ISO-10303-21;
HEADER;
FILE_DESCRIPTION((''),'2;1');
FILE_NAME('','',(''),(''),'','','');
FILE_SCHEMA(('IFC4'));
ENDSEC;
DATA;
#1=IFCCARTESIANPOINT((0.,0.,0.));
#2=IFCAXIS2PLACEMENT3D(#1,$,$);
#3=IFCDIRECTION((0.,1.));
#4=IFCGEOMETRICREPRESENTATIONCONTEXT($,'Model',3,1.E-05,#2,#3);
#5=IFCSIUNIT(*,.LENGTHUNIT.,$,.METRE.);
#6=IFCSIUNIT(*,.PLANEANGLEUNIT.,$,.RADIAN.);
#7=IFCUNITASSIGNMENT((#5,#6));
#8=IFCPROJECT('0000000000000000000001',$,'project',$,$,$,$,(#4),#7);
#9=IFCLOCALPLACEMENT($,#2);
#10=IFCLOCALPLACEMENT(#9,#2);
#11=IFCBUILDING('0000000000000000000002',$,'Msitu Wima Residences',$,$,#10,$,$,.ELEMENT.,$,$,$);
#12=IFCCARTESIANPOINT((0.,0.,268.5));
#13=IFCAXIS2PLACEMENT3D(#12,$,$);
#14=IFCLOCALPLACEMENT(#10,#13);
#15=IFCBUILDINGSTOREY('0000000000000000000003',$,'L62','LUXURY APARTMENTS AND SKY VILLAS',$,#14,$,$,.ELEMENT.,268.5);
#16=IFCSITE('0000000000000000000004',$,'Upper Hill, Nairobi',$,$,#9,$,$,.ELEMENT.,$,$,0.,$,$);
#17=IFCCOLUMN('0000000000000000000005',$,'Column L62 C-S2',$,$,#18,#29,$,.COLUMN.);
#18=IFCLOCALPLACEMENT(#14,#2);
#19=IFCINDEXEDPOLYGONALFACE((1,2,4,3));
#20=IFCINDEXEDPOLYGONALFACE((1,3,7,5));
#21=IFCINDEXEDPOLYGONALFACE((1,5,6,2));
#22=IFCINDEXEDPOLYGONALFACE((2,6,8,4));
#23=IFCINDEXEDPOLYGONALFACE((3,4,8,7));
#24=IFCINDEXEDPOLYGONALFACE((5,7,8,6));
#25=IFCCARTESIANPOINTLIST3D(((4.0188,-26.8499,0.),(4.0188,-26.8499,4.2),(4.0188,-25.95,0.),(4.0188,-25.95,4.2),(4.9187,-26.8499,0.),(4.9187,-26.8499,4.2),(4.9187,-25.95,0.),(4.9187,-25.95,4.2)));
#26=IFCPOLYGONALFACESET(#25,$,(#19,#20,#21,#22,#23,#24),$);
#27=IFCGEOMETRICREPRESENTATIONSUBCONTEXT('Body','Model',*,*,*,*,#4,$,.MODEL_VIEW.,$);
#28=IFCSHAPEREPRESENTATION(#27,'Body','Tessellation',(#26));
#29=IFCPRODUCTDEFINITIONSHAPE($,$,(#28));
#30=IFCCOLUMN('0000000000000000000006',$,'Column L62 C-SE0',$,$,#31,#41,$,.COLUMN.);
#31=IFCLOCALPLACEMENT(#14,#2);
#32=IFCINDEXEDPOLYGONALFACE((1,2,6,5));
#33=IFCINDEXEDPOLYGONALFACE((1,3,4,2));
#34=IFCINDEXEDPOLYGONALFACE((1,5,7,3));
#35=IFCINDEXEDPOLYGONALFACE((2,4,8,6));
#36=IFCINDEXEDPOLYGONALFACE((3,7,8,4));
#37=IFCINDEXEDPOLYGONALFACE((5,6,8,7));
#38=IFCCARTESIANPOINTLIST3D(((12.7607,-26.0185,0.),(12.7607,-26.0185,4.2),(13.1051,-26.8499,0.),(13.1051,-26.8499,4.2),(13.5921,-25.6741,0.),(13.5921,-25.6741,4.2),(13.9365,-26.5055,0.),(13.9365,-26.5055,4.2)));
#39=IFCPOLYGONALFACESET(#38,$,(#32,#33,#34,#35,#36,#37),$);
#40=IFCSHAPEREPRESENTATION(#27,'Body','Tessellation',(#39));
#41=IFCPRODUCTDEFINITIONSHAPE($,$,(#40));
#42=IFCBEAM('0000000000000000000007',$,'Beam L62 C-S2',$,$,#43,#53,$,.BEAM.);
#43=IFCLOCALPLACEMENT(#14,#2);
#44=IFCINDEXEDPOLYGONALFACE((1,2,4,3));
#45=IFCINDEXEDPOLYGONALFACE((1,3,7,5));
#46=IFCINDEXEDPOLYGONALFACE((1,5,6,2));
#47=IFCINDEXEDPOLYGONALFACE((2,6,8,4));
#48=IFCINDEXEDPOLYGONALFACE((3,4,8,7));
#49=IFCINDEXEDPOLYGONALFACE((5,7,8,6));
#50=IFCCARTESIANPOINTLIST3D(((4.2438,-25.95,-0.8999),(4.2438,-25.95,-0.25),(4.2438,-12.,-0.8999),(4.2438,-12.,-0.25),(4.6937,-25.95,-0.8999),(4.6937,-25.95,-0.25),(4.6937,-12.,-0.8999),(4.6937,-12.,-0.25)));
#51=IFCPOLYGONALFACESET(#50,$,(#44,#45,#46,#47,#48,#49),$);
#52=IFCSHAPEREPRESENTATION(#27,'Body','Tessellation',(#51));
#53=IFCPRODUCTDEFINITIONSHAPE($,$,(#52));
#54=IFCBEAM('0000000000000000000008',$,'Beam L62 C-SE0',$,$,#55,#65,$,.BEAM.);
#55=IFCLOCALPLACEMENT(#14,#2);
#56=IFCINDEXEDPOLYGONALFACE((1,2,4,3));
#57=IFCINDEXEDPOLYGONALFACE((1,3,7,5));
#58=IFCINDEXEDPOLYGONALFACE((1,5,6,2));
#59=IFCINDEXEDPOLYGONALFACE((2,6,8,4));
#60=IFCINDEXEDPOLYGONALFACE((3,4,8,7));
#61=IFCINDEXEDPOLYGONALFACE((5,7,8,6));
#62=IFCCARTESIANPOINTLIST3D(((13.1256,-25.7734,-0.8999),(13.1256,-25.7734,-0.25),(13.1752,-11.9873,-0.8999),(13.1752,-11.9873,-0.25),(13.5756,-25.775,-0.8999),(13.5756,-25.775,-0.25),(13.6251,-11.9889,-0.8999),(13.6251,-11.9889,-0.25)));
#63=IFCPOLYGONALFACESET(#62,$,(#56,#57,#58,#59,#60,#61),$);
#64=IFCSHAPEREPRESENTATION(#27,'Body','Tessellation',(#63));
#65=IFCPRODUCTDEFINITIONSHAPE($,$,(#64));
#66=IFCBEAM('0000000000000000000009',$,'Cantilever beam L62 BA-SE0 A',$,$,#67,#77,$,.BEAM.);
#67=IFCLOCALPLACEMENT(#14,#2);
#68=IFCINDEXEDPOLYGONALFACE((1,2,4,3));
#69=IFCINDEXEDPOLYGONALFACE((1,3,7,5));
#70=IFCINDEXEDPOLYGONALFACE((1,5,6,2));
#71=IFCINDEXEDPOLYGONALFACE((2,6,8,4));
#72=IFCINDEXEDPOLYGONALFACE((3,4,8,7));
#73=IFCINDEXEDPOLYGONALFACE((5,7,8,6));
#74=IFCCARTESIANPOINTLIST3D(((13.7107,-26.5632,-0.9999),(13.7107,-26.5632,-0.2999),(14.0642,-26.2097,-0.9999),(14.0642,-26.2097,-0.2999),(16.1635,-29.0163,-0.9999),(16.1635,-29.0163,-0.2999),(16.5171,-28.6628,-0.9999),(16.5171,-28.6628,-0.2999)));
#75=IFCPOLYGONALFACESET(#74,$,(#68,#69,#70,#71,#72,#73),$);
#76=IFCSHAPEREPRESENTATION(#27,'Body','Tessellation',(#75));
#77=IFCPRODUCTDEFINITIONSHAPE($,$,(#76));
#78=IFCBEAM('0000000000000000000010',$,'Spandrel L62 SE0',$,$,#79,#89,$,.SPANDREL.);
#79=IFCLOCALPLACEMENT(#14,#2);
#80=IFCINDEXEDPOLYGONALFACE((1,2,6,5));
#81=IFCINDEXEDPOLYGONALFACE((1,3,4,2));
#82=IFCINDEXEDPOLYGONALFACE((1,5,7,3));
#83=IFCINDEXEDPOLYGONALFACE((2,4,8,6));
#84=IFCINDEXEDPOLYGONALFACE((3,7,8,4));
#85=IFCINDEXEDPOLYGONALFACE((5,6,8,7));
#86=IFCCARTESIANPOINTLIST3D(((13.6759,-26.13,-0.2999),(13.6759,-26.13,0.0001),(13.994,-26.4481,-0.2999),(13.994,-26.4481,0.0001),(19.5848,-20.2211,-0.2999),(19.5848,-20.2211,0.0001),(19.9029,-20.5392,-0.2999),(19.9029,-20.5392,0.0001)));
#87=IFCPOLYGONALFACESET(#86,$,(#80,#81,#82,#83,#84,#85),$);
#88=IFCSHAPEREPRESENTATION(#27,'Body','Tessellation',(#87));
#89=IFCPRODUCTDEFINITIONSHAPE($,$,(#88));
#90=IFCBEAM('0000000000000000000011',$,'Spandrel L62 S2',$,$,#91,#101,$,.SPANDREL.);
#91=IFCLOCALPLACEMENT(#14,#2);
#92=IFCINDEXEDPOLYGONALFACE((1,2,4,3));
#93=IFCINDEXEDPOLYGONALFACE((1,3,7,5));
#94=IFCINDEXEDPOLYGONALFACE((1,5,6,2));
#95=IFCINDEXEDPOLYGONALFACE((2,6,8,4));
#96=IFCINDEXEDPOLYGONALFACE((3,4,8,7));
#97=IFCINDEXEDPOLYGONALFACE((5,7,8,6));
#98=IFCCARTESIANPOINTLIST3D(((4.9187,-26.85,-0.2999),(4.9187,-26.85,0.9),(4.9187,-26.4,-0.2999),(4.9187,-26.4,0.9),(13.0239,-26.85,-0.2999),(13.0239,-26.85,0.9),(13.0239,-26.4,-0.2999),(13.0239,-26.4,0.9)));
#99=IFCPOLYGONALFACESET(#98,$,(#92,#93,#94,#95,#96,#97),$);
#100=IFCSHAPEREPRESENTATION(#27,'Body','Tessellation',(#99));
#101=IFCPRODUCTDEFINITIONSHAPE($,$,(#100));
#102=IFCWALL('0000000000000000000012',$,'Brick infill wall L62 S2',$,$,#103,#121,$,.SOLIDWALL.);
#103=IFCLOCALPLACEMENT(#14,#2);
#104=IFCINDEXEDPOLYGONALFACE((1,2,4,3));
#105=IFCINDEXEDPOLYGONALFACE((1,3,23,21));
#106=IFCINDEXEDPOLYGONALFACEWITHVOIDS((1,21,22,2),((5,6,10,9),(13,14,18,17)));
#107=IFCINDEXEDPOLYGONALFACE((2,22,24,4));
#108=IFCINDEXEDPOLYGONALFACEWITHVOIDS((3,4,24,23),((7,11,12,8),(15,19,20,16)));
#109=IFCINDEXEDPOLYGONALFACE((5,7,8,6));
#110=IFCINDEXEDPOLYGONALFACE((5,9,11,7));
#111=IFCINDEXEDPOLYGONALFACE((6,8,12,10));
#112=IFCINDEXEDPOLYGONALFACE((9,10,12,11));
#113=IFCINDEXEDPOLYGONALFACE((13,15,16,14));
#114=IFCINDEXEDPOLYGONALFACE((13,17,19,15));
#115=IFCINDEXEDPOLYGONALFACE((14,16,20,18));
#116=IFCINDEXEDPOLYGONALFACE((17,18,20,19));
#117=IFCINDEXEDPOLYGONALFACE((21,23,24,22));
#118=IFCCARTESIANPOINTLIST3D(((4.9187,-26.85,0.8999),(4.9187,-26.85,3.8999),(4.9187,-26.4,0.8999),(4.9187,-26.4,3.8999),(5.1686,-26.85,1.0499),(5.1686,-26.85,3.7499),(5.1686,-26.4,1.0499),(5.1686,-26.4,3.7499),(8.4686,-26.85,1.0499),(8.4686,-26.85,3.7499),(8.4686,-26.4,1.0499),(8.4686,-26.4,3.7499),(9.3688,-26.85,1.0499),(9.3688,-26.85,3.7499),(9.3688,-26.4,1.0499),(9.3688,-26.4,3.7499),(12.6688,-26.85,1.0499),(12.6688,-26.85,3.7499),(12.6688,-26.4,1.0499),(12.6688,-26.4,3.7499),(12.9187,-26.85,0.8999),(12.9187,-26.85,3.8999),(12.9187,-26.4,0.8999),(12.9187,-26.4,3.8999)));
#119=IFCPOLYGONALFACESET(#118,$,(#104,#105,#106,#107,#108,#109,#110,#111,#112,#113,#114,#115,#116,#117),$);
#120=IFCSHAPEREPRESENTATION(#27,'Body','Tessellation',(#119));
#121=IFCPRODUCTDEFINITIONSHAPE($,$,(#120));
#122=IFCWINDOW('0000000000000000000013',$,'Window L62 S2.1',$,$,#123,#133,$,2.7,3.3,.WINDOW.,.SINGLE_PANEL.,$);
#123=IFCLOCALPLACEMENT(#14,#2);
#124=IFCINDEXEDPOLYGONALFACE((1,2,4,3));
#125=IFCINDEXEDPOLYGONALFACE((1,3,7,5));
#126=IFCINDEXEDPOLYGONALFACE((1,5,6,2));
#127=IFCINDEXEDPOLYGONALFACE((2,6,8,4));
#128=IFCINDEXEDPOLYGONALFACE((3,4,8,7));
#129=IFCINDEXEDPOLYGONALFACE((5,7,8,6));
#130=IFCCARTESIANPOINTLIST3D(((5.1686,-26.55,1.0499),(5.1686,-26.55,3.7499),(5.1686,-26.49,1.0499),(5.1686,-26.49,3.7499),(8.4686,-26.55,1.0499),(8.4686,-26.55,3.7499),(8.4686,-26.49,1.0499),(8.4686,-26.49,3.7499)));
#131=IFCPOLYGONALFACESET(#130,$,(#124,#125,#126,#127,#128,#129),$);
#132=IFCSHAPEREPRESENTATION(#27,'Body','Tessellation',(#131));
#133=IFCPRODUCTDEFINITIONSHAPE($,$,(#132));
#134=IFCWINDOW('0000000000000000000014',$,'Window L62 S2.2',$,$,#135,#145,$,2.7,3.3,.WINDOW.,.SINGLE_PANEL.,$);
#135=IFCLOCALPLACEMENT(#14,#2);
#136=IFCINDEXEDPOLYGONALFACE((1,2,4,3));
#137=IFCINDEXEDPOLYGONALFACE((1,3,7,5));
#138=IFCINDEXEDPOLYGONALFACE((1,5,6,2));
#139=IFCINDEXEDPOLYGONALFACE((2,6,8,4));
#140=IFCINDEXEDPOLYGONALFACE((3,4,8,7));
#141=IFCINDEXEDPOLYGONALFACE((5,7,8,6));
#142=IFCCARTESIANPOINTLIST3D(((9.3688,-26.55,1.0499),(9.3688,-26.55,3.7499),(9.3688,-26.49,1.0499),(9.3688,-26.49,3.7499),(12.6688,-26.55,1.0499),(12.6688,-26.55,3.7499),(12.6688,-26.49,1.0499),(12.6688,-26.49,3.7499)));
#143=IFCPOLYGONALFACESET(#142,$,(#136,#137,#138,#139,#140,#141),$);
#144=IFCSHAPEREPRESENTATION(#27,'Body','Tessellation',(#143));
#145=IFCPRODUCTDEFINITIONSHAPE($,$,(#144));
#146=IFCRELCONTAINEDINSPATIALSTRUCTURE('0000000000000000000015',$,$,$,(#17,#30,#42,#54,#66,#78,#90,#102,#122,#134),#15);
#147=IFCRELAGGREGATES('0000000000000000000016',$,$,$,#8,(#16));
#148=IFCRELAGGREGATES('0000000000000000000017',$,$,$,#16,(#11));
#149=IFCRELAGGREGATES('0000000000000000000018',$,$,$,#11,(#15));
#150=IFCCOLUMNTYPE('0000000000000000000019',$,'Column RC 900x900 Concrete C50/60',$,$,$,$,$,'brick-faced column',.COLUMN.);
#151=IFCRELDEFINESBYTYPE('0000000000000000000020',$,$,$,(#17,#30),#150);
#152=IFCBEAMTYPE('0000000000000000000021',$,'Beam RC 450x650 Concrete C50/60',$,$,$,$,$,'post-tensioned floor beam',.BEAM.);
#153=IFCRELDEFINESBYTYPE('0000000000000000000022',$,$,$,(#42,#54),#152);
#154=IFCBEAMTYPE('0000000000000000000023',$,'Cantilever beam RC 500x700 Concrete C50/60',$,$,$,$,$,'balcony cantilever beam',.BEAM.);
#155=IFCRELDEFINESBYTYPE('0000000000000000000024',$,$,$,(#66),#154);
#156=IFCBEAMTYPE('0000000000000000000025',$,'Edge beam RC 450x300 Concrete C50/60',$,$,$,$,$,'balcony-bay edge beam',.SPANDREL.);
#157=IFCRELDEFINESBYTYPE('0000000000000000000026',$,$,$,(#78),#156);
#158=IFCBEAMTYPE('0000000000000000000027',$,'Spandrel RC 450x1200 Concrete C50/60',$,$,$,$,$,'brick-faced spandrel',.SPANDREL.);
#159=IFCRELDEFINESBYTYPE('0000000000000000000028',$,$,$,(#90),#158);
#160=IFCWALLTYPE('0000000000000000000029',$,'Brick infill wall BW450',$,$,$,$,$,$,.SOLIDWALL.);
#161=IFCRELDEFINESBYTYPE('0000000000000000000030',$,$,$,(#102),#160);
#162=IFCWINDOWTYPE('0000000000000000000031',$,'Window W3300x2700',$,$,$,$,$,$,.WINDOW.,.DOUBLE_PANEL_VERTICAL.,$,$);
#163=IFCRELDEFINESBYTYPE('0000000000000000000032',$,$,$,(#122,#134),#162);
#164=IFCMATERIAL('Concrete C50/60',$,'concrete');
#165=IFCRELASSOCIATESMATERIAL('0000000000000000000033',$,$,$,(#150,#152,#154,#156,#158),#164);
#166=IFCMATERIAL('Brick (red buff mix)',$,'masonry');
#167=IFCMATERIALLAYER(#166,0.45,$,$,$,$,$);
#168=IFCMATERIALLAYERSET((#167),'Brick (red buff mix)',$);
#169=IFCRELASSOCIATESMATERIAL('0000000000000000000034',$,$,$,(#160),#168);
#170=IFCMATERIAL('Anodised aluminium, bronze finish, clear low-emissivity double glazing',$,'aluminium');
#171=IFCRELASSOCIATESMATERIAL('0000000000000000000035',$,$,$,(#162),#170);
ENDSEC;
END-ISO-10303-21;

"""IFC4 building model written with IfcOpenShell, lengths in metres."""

from ifc_helpers import new_model, si_unit, direction, frame, frame_2d, origin, origin_2d, place, context, subcontext, project, spatial, rectangle, extrude, material, layer, layer_set, material_profile, profile_set, type_object, element, fill, save


model = new_model("IFC4")

# Units and contexts
model_context = context("Model", 3, precision=1e-05, world=origin(), true_north=direction((0.0, 1.0)))
body_context = subcontext(model_context, "Body", "Model", "MODEL_VIEW")
ifc_project = project(units=[si_unit("LENGTHUNIT", "METRE"), si_unit("PLANEANGLEUNIT", "RADIAN")], contexts=[model_context])

# Site, building, storey
site_placement = place(None, origin())
site = spatial("IfcSite", under=ifc_project, at=site_placement, Name="Upper Hill, Nairobi", CompositionType="ELEMENT", RefElevation=0.0)
building_placement = place(site_placement, origin())
building = spatial("IfcBuilding", under=site, at=building_placement, Name="Msitu Wima Residences", CompositionType="ELEMENT")
storey_placement = place(building_placement, frame((0.0, 0.0, 268.5)))
storey = spatial("IfcBuildingStorey", under=building, at=storey_placement, Name="L62", Description="LUXURY APARTMENTS AND SKY VILLAS", CompositionType="ELEMENT", Elevation=268.5)

# Columns
ifc_material_1 = material(Name="Concrete C50/60", Category="concrete")
ifc_material_profile_1 = material_profile(ifc_material_1, rectangle(XDim=0.8999, YDim=0.8999, at=origin_2d()), Name="RC 900x900")
ifc_profile_set_1 = profile_set([ifc_material_profile_1], Name="Concrete C50/60")
column_type = type_object("IfcColumnType", Name="Column RC 900x900 Concrete C50/60", ElementType="brick-faced column", PredefinedType="COLUMN", material=ifc_profile_set_1)
for number, where, z_axis, x_axis, name in (
    (1, (4.4688, -26.3999, 0.0), (0.0, 0.0, 1.0), (1.0, 0.0, 0.0), "Column L62 C-S2"),
    (2, (13.3486, -26.262, 0.0), (0.0, 0.0, 1.0), (0.92388, 0.382683, 0.0), "Column L62 C-SE0"),
):
    element("IfcColumn", number, at=place(storey_placement, frame(where, z_axis=z_axis, x_axis=x_axis)), inside=storey, type_object=column_type, Name=name, PredefinedType="COLUMN", context=body_context, shape_type="SweptSolid", body=[
        extrude(rectangle(XDim=0.8999, YDim=0.8999, at=origin_2d()), origin(), (0.0, 0.0, 1.0), 4.2),
    ])

# Beams
ifc_material_profile_2 = material_profile(ifc_material_1, rectangle(XDim=0.45, YDim=0.6499, at=origin_2d()), Name="RC 450x650")
ifc_profile_set_2 = profile_set([ifc_material_profile_2], Name="Concrete C50/60")
beam_type_1 = type_object("IfcBeamType", Name="Beam RC 450x650 Concrete C50/60", ElementType="post-tensioned floor beam", PredefinedType="BEAM", material=ifc_profile_set_2)
beam_1_placement = place(storey_placement, frame((4.4688, -25.95, -0.575), z_axis=(0.0, 1.0, 0.0), x_axis=(-1.0, 0.0, 0.0)))
element("IfcBeam", 3, at=beam_1_placement, inside=storey, type_object=beam_type_1, Name="Beam L62 C-S2", PredefinedType="BEAM", context=body_context, shape_type="SweptSolid", body=[
    extrude(rectangle(XDim=0.45, YDim=0.6499, at=origin_2d()), origin(), (0.0, 0.0, 1.0), 13.95),
])
beam_2_placement = place(storey_placement, frame((13.3506, -25.7742, -0.575), z_axis=(0.003595, 0.999994, 0.0), x_axis=(-0.999994, 0.003595, 0.0)))
element("IfcBeam", 4, at=beam_2_placement, inside=storey, type_object=beam_type_1, Name="Beam L62 C-SE0", PredefinedType="BEAM", context=body_context, shape_type="SweptSolid", body=[
    extrude(rectangle(XDim=0.45, YDim=0.6499, at=origin_2d()), origin(), (0.0, 0.0, 1.0), 13.7861),
])
ifc_material_profile_3 = material_profile(ifc_material_1, rectangle(XDim=0.5, YDim=0.7, at=origin_2d()), Name="RC 500x700")
ifc_profile_set_3 = profile_set([ifc_material_profile_3], Name="Concrete C50/60")
beam_type_2 = type_object("IfcBeamType", Name="Cantilever beam RC 500x700 Concrete C50/60", ElementType="balcony cantilever beam", PredefinedType="BEAM", material=ifc_profile_set_3)
beam_3_placement = place(storey_placement, frame((13.8875, -26.3865, -0.6499), z_axis=(0.707072, -0.707142, 0.0), x_axis=(0.707142, 0.707072, 0.0)))
element("IfcBeam", 5, at=beam_3_placement, inside=storey, type_object=beam_type_2, Name="Cantilever beam L62 BA-SE0 A", PredefinedType="BEAM", context=body_context, shape_type="SweptSolid", body=[
    extrude(rectangle(XDim=0.5, YDim=0.7, at=origin_2d()), origin(), (0.0, 0.0, 1.0), 3.469),
])
ifc_material_profile_4 = material_profile(ifc_material_1, rectangle(XDim=0.45, YDim=0.3, at=origin_2d()), Name="RC 450x300")
ifc_profile_set_4 = profile_set([ifc_material_profile_4], Name="Concrete C50/60")
beam_type_3 = type_object("IfcBeamType", Name="Edge beam RC 450x300 Concrete C50/60", ElementType="balcony-bay edge beam", PredefinedType="SPANDREL", material=ifc_profile_set_4)
beam_4_placement = place(storey_placement, frame((13.835, -26.2891, -0.1499), z_axis=(0.707107, 0.707107, 0.0), x_axis=(-0.707107, 0.707107, 0.0)))
element("IfcBeam", 6, at=beam_4_placement, inside=storey, type_object=beam_type_3, Name="Spandrel L62 SE0", PredefinedType="SPANDREL", context=body_context, shape_type="SweptSolid", body=[
    extrude(rectangle(XDim=0.45, YDim=0.3, at=origin_2d()), origin(), (0.0, 0.0, 1.0), 8.3564),
])
ifc_material_profile_5 = material_profile(ifc_material_1, rectangle(XDim=0.45, YDim=1.2, at=origin_2d()), Name="RC 450x1200")
ifc_profile_set_5 = profile_set([ifc_material_profile_5], Name="Concrete C50/60")
beam_type_4 = type_object("IfcBeamType", Name="Spandrel RC 450x1200 Concrete C50/60", ElementType="brick-faced spandrel", PredefinedType="SPANDREL", material=ifc_profile_set_5)
beam_5_placement = place(storey_placement, frame((4.9187, -26.625, 0.3), z_axis=(1.0, 0.0, 0.0), x_axis=(0.0, 1.0, 0.0)))
element("IfcBeam", 7, at=beam_5_placement, inside=storey, type_object=beam_type_4, Name="Spandrel L62 S2", PredefinedType="SPANDREL", context=body_context, shape_type="SweptSolid", body=[
    extrude(rectangle(XDim=0.45, YDim=1.2, at=origin_2d()), origin(), (0.0, 0.0, 1.0), 8.1052),
])

# Wall, openings, windows
ifc_material_2 = material(Name="Brick (red buff mix)", Category="masonry")
ifc_layer_1 = layer(ifc_material_2, 0.45)
ifc_layer_set_1 = layer_set([ifc_layer_1], Name="Brick (red buff mix)")
wall_type_1 = type_object("IfcWallType", Name="Brick infill wall BW450", PredefinedType="SOLIDWALL", material=ifc_layer_set_1)
wall_1_placement = place(storey_placement, frame((4.9187, -26.625, 0.8999), z_axis=(0.0, 0.0, 1.0), x_axis=(1.0, 0.0, 0.0)))
wall_1 = element("IfcWall", 8, at=wall_1_placement, inside=storey, type_object=wall_type_1, Name="Brick infill wall L62 S2", PredefinedType="SOLIDWALL", context=body_context, shape_type="SweptSolid", body=[
    extrude(rectangle(XDim=8.0, YDim=0.45, at=frame_2d((4.0, 0.0))), origin(), (0.0, 0.0, 1.0), 3.0),
])
opening_1_placement = place(wall_1_placement, frame((0.25, 0.0, 0.1499)))
opening_1 = element("IfcOpeningElement", 9, at=opening_1_placement, cuts=wall_1, PredefinedType="OPENING", context=body_context, shape_type="SweptSolid", body=[
    extrude(rectangle(XDim=3.3, YDim=2.7, at=frame_2d((1.6499, 1.3501))), frame((0.0, 0.2349, 0.0), z_axis=(0.0, -1.0, 0.0), x_axis=(1.0, 0.0, 0.0)), (0.0, 0.0, 1.0), 0.47),
])
opening_2_placement = place(wall_1_placement, frame((4.4502, 0.0, 0.1499)))
opening_2 = element("IfcOpeningElement", 10, at=opening_2_placement, cuts=wall_1, PredefinedType="OPENING", context=body_context, shape_type="SweptSolid", body=[
    extrude(rectangle(XDim=3.3, YDim=2.7, at=frame_2d((1.6499, 1.3501))), frame((0.0, 0.2349, 0.0), z_axis=(0.0, -1.0, 0.0), x_axis=(1.0, 0.0, 0.0)), (0.0, 0.0, 1.0), 0.47),
])
ifc_material_3 = material(Name="Anodised aluminium, bronze finish, clear low-emissivity double glazing", Category="aluminium")
window_type = type_object("IfcWindowType", Name="Window W3300x2700", PartitioningType="DOUBLE_PANEL_VERTICAL", PredefinedType="WINDOW", material=ifc_material_3)
window_1_placement = place(opening_1_placement, origin())
window_1 = element("IfcWindow", 11, at=window_1_placement, inside=storey, type_object=window_type, Name="Window L62 S2.1", OverallHeight=2.7, OverallWidth=3.3, PartitioningType="SINGLE_PANEL", PredefinedType="WINDOW", context=body_context, shape_type="SweptSolid", body=[
    extrude(rectangle(XDim=3.3, YDim=2.7, at=frame_2d((1.6499, 1.3501))), frame((0.0, 0.135, 0.0), z_axis=(0.0, -1.0, 0.0), x_axis=(1.0, 0.0, 0.0)), (0.0, 0.0, 1.0), 0.0601),
])
fill(opening_1, window_1)
window_2_placement = place(opening_2_placement, origin())
window_2 = element("IfcWindow", 12, at=window_2_placement, inside=storey, type_object=window_type, Name="Window L62 S2.2", OverallHeight=2.7, OverallWidth=3.3, PartitioningType="SINGLE_PANEL", PredefinedType="WINDOW", context=body_context, shape_type="SweptSolid", body=[
    extrude(rectangle(XDim=3.3, YDim=2.7, at=frame_2d((1.6499, 1.3501))), frame((0.0, 0.135, 0.0), z_axis=(0.0, -1.0, 0.0), x_axis=(1.0, 0.0, 0.0)), (0.0, 0.0, 1.0), 0.0601),
])
fill(opening_2, window_2)

save(model, "model.ifc")
